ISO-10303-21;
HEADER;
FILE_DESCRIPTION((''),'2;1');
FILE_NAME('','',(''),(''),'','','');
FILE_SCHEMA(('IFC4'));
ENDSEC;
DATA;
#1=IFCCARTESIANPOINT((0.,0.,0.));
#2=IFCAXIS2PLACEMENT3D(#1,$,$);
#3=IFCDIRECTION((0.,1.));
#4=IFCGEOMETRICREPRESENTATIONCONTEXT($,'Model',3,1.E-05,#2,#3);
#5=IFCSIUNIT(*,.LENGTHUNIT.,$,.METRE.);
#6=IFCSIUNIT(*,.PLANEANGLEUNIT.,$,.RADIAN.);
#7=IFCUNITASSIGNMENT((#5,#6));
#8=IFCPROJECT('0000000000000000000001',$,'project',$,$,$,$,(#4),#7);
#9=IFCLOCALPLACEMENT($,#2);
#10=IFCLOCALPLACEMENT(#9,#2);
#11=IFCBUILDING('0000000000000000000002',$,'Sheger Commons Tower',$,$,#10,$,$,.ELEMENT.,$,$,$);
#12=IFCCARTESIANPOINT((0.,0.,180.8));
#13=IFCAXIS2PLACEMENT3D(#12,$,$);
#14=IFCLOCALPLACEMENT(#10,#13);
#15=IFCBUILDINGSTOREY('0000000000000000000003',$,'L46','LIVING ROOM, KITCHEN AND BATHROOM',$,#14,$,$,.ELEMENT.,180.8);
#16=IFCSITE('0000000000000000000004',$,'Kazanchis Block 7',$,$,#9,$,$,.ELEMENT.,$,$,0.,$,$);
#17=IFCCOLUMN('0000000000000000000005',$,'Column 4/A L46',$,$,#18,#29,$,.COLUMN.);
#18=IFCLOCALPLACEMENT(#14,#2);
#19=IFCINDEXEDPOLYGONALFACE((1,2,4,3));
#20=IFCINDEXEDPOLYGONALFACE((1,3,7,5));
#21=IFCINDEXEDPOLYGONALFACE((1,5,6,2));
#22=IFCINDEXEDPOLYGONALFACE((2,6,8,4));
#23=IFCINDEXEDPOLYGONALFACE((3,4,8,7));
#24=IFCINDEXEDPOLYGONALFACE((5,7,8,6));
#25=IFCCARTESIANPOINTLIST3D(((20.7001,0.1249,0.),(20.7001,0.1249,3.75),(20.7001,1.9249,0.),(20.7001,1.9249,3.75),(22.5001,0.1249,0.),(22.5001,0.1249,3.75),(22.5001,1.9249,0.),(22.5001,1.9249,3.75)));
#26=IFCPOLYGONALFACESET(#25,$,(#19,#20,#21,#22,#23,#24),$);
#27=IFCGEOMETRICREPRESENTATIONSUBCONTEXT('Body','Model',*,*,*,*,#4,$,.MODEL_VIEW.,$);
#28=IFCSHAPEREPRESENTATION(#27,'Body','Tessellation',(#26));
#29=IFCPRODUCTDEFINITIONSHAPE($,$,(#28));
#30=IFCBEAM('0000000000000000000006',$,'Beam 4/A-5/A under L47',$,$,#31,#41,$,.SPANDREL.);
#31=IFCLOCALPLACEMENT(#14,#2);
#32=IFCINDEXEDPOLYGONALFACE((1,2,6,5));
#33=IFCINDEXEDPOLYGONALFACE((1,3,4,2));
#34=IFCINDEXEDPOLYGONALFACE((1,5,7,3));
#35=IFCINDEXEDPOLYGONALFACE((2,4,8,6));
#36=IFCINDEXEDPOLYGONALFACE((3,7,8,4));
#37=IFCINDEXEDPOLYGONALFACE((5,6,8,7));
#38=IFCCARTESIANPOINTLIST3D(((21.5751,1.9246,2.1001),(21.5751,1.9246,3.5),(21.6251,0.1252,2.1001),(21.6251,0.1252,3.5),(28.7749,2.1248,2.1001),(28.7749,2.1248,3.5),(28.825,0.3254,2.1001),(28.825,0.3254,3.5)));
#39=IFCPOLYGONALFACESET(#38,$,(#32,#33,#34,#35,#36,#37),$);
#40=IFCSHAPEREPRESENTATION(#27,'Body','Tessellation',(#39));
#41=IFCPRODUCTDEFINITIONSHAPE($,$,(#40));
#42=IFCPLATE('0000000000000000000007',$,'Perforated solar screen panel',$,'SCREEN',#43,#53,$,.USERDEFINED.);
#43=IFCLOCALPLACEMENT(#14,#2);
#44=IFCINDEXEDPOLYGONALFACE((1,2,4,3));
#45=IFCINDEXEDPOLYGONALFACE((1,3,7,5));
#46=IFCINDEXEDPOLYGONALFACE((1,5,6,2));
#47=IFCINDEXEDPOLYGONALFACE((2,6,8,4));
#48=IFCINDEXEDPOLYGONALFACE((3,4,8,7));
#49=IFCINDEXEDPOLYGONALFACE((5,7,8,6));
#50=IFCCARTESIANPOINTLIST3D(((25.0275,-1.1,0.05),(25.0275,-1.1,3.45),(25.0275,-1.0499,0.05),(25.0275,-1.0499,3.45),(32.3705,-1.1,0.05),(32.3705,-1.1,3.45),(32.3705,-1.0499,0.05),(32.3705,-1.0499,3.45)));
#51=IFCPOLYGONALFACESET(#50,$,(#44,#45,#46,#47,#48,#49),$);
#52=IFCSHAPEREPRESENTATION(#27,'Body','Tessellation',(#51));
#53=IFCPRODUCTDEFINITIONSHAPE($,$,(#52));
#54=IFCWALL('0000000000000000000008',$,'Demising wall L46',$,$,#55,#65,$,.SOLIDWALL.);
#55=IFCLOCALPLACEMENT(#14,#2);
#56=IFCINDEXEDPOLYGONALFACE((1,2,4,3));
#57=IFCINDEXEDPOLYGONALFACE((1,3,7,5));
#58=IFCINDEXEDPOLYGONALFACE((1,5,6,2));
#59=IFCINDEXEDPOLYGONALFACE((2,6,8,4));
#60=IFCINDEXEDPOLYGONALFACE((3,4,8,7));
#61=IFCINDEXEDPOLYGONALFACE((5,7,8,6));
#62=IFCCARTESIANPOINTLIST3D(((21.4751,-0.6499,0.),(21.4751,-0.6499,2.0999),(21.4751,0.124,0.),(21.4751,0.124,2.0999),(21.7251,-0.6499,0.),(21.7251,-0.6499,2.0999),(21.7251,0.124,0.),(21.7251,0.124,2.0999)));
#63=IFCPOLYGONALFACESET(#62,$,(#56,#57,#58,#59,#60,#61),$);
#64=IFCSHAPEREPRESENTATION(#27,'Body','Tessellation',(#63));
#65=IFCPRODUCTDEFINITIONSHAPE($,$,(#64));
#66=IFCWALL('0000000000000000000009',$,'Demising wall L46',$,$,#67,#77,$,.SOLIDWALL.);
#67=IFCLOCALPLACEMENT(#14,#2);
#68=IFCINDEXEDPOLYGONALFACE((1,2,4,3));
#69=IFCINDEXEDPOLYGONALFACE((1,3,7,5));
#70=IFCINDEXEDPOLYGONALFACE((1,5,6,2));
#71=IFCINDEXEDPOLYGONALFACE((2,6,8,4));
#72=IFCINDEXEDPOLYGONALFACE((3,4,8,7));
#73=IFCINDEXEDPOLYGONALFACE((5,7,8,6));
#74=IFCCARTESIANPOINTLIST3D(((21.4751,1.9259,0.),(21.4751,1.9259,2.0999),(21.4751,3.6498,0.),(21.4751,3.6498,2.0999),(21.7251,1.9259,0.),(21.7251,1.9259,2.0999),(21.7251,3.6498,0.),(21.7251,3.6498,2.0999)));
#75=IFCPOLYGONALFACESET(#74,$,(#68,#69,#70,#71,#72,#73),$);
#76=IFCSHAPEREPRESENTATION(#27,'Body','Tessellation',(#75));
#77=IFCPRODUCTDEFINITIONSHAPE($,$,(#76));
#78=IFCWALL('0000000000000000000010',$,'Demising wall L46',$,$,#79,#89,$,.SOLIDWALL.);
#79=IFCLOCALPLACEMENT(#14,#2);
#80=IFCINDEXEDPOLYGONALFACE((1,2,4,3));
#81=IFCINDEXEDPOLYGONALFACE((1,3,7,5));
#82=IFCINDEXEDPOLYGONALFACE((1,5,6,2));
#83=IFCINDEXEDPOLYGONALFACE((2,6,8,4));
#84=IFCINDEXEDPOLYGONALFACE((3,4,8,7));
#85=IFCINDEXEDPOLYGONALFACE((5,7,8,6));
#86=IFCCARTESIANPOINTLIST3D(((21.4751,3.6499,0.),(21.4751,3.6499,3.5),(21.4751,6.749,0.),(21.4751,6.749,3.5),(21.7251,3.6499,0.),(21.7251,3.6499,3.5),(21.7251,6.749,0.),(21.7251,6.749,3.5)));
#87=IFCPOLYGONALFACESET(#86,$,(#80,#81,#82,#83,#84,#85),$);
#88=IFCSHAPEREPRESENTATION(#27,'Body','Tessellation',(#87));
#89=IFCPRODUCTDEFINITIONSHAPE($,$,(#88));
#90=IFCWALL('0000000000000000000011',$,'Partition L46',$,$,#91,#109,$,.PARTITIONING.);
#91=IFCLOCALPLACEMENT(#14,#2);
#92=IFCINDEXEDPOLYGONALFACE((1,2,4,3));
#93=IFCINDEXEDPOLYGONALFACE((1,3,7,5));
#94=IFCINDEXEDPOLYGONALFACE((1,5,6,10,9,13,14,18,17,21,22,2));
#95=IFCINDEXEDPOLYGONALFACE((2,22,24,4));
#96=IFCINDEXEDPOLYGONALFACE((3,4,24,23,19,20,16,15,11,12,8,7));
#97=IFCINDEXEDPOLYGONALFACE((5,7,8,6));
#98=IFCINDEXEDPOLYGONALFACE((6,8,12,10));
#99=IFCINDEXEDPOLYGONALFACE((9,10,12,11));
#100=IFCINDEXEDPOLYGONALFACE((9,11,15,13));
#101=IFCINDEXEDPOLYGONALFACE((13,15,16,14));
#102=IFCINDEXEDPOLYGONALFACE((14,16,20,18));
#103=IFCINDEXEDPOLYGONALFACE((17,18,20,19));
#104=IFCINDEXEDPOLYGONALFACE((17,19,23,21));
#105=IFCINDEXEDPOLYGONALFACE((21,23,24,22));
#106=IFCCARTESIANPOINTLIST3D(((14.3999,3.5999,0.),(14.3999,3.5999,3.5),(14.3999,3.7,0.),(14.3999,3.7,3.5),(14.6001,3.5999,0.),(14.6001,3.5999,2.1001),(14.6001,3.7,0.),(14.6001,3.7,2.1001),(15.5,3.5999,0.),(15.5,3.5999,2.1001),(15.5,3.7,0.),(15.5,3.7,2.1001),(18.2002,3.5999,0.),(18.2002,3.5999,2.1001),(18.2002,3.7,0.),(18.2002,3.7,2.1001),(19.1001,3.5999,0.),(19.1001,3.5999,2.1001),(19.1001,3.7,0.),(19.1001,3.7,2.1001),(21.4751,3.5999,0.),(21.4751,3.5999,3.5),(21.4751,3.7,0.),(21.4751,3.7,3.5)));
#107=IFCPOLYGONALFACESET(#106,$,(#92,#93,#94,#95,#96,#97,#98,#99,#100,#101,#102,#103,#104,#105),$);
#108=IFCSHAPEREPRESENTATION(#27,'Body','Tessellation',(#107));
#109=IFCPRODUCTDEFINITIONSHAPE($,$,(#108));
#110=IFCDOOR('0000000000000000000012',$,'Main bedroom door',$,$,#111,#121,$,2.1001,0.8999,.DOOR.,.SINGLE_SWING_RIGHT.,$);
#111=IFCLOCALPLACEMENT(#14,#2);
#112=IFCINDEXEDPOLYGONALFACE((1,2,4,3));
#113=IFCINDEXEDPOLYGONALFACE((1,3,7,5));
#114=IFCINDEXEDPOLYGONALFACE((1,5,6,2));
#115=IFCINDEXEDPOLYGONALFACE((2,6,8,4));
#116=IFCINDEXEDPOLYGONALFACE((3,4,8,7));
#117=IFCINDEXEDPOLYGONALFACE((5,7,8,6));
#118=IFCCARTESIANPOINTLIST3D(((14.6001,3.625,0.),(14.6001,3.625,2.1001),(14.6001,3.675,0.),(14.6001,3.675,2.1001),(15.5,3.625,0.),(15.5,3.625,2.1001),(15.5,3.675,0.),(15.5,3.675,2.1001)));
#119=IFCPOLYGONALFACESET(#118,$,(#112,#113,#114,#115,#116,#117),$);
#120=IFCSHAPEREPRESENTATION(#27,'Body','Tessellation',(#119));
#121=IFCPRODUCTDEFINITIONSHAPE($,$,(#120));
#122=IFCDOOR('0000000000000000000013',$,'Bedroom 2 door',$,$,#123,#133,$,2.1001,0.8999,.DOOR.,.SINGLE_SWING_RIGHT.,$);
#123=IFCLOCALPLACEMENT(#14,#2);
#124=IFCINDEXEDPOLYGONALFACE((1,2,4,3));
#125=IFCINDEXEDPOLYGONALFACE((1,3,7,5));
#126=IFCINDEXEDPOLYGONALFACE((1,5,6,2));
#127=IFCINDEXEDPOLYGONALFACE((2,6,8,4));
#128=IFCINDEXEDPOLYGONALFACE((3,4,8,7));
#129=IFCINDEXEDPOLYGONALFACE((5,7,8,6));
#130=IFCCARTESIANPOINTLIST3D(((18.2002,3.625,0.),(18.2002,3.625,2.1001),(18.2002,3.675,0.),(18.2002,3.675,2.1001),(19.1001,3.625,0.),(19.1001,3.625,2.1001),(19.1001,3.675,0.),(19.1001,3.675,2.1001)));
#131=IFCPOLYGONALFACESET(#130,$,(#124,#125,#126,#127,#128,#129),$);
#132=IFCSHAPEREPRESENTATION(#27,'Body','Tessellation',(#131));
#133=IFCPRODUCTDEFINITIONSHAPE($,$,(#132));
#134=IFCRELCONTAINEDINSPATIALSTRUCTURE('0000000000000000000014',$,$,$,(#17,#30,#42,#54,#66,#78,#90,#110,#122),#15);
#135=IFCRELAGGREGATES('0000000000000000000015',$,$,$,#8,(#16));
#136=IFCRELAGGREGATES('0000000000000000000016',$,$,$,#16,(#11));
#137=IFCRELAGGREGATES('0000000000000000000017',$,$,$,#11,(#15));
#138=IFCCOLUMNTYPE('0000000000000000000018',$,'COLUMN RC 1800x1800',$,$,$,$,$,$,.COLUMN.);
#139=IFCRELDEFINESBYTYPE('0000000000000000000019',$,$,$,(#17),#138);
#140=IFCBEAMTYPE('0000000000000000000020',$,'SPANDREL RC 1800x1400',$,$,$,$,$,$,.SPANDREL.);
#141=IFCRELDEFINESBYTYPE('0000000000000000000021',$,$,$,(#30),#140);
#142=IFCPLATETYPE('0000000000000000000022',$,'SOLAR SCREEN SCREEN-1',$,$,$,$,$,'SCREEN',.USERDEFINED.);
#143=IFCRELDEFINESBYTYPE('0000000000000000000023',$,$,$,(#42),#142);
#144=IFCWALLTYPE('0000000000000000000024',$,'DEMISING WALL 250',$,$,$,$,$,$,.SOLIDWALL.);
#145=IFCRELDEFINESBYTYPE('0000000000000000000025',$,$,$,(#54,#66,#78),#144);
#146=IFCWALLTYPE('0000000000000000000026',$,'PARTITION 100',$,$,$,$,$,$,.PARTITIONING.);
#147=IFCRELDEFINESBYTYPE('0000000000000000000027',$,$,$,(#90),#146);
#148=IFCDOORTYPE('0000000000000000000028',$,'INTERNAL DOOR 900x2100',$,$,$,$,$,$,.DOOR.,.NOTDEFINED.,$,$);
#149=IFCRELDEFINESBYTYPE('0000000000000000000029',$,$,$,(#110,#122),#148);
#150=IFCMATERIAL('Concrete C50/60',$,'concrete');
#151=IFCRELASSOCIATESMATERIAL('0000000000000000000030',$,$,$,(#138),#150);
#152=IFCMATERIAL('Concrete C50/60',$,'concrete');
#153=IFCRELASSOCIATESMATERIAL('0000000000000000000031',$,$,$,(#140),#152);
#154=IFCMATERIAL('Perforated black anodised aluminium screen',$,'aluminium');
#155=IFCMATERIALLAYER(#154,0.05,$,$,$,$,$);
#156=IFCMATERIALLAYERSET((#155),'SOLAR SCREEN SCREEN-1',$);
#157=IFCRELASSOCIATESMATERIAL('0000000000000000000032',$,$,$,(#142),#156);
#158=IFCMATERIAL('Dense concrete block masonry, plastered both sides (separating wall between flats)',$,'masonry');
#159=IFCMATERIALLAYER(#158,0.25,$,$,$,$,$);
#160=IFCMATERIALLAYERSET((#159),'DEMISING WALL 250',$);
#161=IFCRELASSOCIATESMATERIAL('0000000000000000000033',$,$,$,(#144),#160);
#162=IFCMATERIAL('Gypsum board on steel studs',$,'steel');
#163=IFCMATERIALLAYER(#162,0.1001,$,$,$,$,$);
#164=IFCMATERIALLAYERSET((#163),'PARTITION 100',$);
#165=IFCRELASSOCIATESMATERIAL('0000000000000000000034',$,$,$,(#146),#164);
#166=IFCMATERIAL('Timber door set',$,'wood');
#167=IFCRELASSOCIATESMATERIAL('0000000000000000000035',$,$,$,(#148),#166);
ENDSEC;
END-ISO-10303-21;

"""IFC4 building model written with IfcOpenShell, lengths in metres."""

from ifc_helpers import new_model, si_unit, direction, frame, frame_2d, origin, origin_2d, place, context, subcontext, project, spatial, rectangle, extrude, material, layer, layer_set, material_profile, profile_set, type_object, element, fill, save


model = new_model("IFC4")

# Units and contexts
model_context = context("Model", 3, precision=1e-05, world=origin(), true_north=direction((0.0, 1.0)))
body_context = subcontext(model_context, "Body", "Model", "MODEL_VIEW")
ifc_project = project(units=[si_unit("LENGTHUNIT", "METRE"), si_unit("PLANEANGLEUNIT", "RADIAN")], contexts=[model_context])

# Site, building, storey
site_placement = place(None, origin())
site = spatial("IfcSite", under=ifc_project, at=site_placement, Name="Kazanchis Block 7", CompositionType="ELEMENT", RefElevation=0.0)
building_placement = place(site_placement, origin())
building = spatial("IfcBuilding", under=site, at=building_placement, Name="Sheger Commons Tower", CompositionType="ELEMENT")
storey_placement = place(building_placement, frame((0.0, 0.0, 180.8)))
storey = spatial("IfcBuildingStorey", under=building, at=storey_placement, Name="L46", Description="LIVING ROOM, KITCHEN AND BATHROOM", CompositionType="ELEMENT", Elevation=180.8)

# Column
ifc_material_1 = material(Name="Concrete C50/60", Category="concrete")
ifc_material_profile_1 = material_profile(ifc_material_1, rectangle(XDim=1.8, YDim=1.8, at=origin_2d()), Name="RC 1800x1800")
ifc_profile_set_1 = profile_set([ifc_material_profile_1], Name="Concrete C50/60")
column_type = type_object("IfcColumnType", Name="COLUMN RC 1800x1800", PredefinedType="COLUMN", material=ifc_profile_set_1)
column_placement = place(storey_placement, frame((21.6001, 1.0249, 0.0), z_axis=(0.0, 0.0, 1.0), x_axis=(1.0, 0.0, 0.0)))
element("IfcColumn", 1, at=column_placement, inside=storey, type_object=column_type, Name="Column 4/A L46", PredefinedType="COLUMN", context=body_context, shape_type="SweptSolid", body=[
    extrude(rectangle(XDim=1.8, YDim=1.8, at=origin_2d()), origin(), (0.0, 0.0, 1.0), 3.75),
])

# Beam
ifc_material_2 = material(Name="Concrete C50/60", Category="concrete")
ifc_material_profile_2 = material_profile(ifc_material_2, rectangle(XDim=1.8, YDim=1.3999, at=origin_2d()), Name="RC 1800x1400")
ifc_profile_set_2 = profile_set([ifc_material_profile_2], Name="Concrete C50/60")
beam_type = type_object("IfcBeamType", Name="SPANDREL RC 1800x1400", PredefinedType="SPANDREL", material=ifc_profile_set_2)
beam_placement = place(storey_placement, frame((21.6001, 1.0249, 2.8), z_axis=(0.999614, 0.027794, 0.0), x_axis=(-0.027794, 0.999614, 0.0)))
element("IfcBeam", 2, at=beam_placement, inside=storey, type_object=beam_type, Name="Beam 4/A-5/A under L47", PredefinedType="SPANDREL", context=body_context, shape_type="SweptSolid", body=[
    extrude(rectangle(XDim=1.8, YDim=1.3999, at=origin_2d()), origin(), (0.0, 0.0, 1.0), 7.2026),
])

# Plate
ifc_material_3 = material(Name="Perforated black anodised aluminium screen", Category="aluminium")
ifc_layer_1 = layer(ifc_material_3, 0.05)
ifc_layer_set_1 = layer_set([ifc_layer_1], Name="SOLAR SCREEN SCREEN-1")
plate_type = type_object("IfcPlateType", Name="SOLAR SCREEN SCREEN-1", ElementType="SCREEN", PredefinedType="USERDEFINED", material=ifc_layer_set_1)
plate_placement = place(storey_placement, frame((28.699, -1.075, 0.05), z_axis=(0.0, 0.0, 1.0), x_axis=(1.0, 0.0, 0.0)))
element("IfcPlate", 3, at=plate_placement, inside=storey, type_object=plate_type, Name="Perforated solar screen panel", ObjectType="SCREEN", PredefinedType="USERDEFINED", context=body_context, shape_type="SweptSolid", body=[
    extrude(rectangle(XDim=7.343, YDim=0.05, at=origin_2d()), origin(), (0.0, 0.0, 1.0), 3.3999),
])

# Walls
ifc_material_4 = material(Name="Dense concrete block masonry, plastered both sides (separating wall between flats)", Category="masonry")
ifc_layer_2 = layer(ifc_material_4, 0.25)
ifc_layer_set_2 = layer_set([ifc_layer_2], Name="DEMISING WALL 250")
wall_type_1 = type_object("IfcWallType", Name="DEMISING WALL 250", PredefinedType="SOLIDWALL", material=ifc_layer_set_2)
wall_1_placement = place(storey_placement, frame((21.6001, -0.6499, 0.0), z_axis=(0.0, 0.0, 1.0), x_axis=(0.0, 1.0, 0.0)))
element("IfcWall", 4, at=wall_1_placement, inside=storey, type_object=wall_type_1, Name="Demising wall L46", PredefinedType="SOLIDWALL", context=body_context, shape_type="SweptSolid", body=[
    extrude(rectangle(XDim=0.7739, YDim=0.25, at=frame_2d((0.387, 0.0))), origin(), (0.0, 0.0, 1.0), 2.0999),
])
wall_2_placement = place(storey_placement, frame((21.6001, 1.926, 0.0), z_axis=(0.0, 0.0, 1.0), x_axis=(0.0, 1.0, 0.0)))
element("IfcWall", 5, at=wall_2_placement, inside=storey, type_object=wall_type_1, Name="Demising wall L46", PredefinedType="SOLIDWALL", context=body_context, shape_type="SweptSolid", body=[
    extrude(rectangle(XDim=1.7239, YDim=0.25, at=frame_2d((0.8618, 0.0))), origin(), (0.0, 0.0, 1.0), 2.0999),
])
wall_3_placement = place(storey_placement, frame((21.6001, 3.6499, 0.0), z_axis=(0.0, 0.0, 1.0), x_axis=(0.0, 1.0, 0.0)))
element("IfcWall", 6, at=wall_3_placement, inside=storey, type_object=wall_type_1, Name="Demising wall L46", PredefinedType="SOLIDWALL", context=body_context, shape_type="SweptSolid", body=[
    extrude(rectangle(XDim=3.0991, YDim=0.25, at=frame_2d((1.5496, 0.0))), origin(), (0.0, 0.0, 1.0), 3.5),
])

# Wall, openings, doors
ifc_material_5 = material(Name="Gypsum board on steel studs", Category="steel")
ifc_layer_3 = layer(ifc_material_5, 0.1001)
ifc_layer_set_3 = layer_set([ifc_layer_3], Name="PARTITION 100")
wall_type_2 = type_object("IfcWallType", Name="PARTITION 100", PredefinedType="PARTITIONING", material=ifc_layer_set_3)
wall_4_placement = place(storey_placement, frame((21.4751, 3.6499, 0.0), z_axis=(0.0, 0.0, 1.0), x_axis=(-1.0, 0.0, 0.0)))
wall_4 = element("IfcWall", 7, at=wall_4_placement, inside=storey, type_object=wall_type_2, Name="Partition L46", PredefinedType="PARTITIONING", context=body_context, shape_type="SweptSolid", body=[
    extrude(rectangle(XDim=7.0752, YDim=0.1001, at=frame_2d((3.5376, 0.0))), origin(), (0.0, 0.0, 1.0), 3.5),
])
opening_1_placement = place(wall_4_placement, frame((5.9751, 0.0, 0.0)))
opening_1 = element("IfcOpeningElement", 8, at=opening_1_placement, cuts=wall_4, PredefinedType="OPENING", context=body_context, shape_type="SweptSolid", body=[
    extrude(rectangle(XDim=0.8999, YDim=2.1001, at=frame_2d((0.45, 1.05))), frame((0.0, 0.0601, 0.0), z_axis=(0.0, -1.0, 0.0), x_axis=(1.0, 0.0, 0.0)), (0.0, 0.0, 1.0), 0.1201),
])
opening_2_placement = place(wall_4_placement, frame((2.375, 0.0, 0.0)))
opening_2 = element("IfcOpeningElement", 9, at=opening_2_placement, cuts=wall_4, PredefinedType="OPENING", context=body_context, shape_type="SweptSolid", body=[
    extrude(rectangle(XDim=0.8999, YDim=2.1001, at=frame_2d((0.45, 1.05))), frame((0.0, 0.0601, 0.0), z_axis=(0.0, -1.0, 0.0), x_axis=(1.0, 0.0, 0.0)), (0.0, 0.0, 1.0), 0.1201),
])
ifc_material_6 = material(Name="Timber door set", Category="wood")
door_type = type_object("IfcDoorType", Name="INTERNAL DOOR 900x2100", OperationType="NOTDEFINED", PredefinedType="DOOR", material=ifc_material_6)
door_1_placement = place(opening_1_placement, origin())
door_1 = element("IfcDoor", 10, at=door_1_placement, inside=storey, type_object=door_type, Name="Main bedroom door", OperationType="SINGLE_SWING_RIGHT", OverallHeight=2.1001, OverallWidth=0.8999, PredefinedType="DOOR", context=body_context, shape_type="SweptSolid", body=[
    extrude(rectangle(XDim=0.8999, YDim=2.1001, at=frame_2d((0.45, 1.05))), frame((0.0, 0.0249, 0.0), z_axis=(0.0, -1.0, 0.0), x_axis=(1.0, 0.0, 0.0)), (0.0, 0.0, 1.0), 0.05),
])
fill(opening_1, door_1)
door_2_placement = place(opening_2_placement, origin())
door_2 = element("IfcDoor", 11, at=door_2_placement, inside=storey, type_object=door_type, Name="Bedroom 2 door", OperationType="SINGLE_SWING_RIGHT", OverallHeight=2.1001, OverallWidth=0.8999, PredefinedType="DOOR", context=body_context, shape_type="SweptSolid", body=[
    extrude(rectangle(XDim=0.8999, YDim=2.1001, at=frame_2d((0.45, 1.05))), frame((0.0, 0.0249, 0.0), z_axis=(0.0, -1.0, 0.0), x_axis=(1.0, 0.0, 0.0)), (0.0, 0.0, 1.0), 0.05),
])
fill(opening_2, door_2)

save(model, "model.ifc")
